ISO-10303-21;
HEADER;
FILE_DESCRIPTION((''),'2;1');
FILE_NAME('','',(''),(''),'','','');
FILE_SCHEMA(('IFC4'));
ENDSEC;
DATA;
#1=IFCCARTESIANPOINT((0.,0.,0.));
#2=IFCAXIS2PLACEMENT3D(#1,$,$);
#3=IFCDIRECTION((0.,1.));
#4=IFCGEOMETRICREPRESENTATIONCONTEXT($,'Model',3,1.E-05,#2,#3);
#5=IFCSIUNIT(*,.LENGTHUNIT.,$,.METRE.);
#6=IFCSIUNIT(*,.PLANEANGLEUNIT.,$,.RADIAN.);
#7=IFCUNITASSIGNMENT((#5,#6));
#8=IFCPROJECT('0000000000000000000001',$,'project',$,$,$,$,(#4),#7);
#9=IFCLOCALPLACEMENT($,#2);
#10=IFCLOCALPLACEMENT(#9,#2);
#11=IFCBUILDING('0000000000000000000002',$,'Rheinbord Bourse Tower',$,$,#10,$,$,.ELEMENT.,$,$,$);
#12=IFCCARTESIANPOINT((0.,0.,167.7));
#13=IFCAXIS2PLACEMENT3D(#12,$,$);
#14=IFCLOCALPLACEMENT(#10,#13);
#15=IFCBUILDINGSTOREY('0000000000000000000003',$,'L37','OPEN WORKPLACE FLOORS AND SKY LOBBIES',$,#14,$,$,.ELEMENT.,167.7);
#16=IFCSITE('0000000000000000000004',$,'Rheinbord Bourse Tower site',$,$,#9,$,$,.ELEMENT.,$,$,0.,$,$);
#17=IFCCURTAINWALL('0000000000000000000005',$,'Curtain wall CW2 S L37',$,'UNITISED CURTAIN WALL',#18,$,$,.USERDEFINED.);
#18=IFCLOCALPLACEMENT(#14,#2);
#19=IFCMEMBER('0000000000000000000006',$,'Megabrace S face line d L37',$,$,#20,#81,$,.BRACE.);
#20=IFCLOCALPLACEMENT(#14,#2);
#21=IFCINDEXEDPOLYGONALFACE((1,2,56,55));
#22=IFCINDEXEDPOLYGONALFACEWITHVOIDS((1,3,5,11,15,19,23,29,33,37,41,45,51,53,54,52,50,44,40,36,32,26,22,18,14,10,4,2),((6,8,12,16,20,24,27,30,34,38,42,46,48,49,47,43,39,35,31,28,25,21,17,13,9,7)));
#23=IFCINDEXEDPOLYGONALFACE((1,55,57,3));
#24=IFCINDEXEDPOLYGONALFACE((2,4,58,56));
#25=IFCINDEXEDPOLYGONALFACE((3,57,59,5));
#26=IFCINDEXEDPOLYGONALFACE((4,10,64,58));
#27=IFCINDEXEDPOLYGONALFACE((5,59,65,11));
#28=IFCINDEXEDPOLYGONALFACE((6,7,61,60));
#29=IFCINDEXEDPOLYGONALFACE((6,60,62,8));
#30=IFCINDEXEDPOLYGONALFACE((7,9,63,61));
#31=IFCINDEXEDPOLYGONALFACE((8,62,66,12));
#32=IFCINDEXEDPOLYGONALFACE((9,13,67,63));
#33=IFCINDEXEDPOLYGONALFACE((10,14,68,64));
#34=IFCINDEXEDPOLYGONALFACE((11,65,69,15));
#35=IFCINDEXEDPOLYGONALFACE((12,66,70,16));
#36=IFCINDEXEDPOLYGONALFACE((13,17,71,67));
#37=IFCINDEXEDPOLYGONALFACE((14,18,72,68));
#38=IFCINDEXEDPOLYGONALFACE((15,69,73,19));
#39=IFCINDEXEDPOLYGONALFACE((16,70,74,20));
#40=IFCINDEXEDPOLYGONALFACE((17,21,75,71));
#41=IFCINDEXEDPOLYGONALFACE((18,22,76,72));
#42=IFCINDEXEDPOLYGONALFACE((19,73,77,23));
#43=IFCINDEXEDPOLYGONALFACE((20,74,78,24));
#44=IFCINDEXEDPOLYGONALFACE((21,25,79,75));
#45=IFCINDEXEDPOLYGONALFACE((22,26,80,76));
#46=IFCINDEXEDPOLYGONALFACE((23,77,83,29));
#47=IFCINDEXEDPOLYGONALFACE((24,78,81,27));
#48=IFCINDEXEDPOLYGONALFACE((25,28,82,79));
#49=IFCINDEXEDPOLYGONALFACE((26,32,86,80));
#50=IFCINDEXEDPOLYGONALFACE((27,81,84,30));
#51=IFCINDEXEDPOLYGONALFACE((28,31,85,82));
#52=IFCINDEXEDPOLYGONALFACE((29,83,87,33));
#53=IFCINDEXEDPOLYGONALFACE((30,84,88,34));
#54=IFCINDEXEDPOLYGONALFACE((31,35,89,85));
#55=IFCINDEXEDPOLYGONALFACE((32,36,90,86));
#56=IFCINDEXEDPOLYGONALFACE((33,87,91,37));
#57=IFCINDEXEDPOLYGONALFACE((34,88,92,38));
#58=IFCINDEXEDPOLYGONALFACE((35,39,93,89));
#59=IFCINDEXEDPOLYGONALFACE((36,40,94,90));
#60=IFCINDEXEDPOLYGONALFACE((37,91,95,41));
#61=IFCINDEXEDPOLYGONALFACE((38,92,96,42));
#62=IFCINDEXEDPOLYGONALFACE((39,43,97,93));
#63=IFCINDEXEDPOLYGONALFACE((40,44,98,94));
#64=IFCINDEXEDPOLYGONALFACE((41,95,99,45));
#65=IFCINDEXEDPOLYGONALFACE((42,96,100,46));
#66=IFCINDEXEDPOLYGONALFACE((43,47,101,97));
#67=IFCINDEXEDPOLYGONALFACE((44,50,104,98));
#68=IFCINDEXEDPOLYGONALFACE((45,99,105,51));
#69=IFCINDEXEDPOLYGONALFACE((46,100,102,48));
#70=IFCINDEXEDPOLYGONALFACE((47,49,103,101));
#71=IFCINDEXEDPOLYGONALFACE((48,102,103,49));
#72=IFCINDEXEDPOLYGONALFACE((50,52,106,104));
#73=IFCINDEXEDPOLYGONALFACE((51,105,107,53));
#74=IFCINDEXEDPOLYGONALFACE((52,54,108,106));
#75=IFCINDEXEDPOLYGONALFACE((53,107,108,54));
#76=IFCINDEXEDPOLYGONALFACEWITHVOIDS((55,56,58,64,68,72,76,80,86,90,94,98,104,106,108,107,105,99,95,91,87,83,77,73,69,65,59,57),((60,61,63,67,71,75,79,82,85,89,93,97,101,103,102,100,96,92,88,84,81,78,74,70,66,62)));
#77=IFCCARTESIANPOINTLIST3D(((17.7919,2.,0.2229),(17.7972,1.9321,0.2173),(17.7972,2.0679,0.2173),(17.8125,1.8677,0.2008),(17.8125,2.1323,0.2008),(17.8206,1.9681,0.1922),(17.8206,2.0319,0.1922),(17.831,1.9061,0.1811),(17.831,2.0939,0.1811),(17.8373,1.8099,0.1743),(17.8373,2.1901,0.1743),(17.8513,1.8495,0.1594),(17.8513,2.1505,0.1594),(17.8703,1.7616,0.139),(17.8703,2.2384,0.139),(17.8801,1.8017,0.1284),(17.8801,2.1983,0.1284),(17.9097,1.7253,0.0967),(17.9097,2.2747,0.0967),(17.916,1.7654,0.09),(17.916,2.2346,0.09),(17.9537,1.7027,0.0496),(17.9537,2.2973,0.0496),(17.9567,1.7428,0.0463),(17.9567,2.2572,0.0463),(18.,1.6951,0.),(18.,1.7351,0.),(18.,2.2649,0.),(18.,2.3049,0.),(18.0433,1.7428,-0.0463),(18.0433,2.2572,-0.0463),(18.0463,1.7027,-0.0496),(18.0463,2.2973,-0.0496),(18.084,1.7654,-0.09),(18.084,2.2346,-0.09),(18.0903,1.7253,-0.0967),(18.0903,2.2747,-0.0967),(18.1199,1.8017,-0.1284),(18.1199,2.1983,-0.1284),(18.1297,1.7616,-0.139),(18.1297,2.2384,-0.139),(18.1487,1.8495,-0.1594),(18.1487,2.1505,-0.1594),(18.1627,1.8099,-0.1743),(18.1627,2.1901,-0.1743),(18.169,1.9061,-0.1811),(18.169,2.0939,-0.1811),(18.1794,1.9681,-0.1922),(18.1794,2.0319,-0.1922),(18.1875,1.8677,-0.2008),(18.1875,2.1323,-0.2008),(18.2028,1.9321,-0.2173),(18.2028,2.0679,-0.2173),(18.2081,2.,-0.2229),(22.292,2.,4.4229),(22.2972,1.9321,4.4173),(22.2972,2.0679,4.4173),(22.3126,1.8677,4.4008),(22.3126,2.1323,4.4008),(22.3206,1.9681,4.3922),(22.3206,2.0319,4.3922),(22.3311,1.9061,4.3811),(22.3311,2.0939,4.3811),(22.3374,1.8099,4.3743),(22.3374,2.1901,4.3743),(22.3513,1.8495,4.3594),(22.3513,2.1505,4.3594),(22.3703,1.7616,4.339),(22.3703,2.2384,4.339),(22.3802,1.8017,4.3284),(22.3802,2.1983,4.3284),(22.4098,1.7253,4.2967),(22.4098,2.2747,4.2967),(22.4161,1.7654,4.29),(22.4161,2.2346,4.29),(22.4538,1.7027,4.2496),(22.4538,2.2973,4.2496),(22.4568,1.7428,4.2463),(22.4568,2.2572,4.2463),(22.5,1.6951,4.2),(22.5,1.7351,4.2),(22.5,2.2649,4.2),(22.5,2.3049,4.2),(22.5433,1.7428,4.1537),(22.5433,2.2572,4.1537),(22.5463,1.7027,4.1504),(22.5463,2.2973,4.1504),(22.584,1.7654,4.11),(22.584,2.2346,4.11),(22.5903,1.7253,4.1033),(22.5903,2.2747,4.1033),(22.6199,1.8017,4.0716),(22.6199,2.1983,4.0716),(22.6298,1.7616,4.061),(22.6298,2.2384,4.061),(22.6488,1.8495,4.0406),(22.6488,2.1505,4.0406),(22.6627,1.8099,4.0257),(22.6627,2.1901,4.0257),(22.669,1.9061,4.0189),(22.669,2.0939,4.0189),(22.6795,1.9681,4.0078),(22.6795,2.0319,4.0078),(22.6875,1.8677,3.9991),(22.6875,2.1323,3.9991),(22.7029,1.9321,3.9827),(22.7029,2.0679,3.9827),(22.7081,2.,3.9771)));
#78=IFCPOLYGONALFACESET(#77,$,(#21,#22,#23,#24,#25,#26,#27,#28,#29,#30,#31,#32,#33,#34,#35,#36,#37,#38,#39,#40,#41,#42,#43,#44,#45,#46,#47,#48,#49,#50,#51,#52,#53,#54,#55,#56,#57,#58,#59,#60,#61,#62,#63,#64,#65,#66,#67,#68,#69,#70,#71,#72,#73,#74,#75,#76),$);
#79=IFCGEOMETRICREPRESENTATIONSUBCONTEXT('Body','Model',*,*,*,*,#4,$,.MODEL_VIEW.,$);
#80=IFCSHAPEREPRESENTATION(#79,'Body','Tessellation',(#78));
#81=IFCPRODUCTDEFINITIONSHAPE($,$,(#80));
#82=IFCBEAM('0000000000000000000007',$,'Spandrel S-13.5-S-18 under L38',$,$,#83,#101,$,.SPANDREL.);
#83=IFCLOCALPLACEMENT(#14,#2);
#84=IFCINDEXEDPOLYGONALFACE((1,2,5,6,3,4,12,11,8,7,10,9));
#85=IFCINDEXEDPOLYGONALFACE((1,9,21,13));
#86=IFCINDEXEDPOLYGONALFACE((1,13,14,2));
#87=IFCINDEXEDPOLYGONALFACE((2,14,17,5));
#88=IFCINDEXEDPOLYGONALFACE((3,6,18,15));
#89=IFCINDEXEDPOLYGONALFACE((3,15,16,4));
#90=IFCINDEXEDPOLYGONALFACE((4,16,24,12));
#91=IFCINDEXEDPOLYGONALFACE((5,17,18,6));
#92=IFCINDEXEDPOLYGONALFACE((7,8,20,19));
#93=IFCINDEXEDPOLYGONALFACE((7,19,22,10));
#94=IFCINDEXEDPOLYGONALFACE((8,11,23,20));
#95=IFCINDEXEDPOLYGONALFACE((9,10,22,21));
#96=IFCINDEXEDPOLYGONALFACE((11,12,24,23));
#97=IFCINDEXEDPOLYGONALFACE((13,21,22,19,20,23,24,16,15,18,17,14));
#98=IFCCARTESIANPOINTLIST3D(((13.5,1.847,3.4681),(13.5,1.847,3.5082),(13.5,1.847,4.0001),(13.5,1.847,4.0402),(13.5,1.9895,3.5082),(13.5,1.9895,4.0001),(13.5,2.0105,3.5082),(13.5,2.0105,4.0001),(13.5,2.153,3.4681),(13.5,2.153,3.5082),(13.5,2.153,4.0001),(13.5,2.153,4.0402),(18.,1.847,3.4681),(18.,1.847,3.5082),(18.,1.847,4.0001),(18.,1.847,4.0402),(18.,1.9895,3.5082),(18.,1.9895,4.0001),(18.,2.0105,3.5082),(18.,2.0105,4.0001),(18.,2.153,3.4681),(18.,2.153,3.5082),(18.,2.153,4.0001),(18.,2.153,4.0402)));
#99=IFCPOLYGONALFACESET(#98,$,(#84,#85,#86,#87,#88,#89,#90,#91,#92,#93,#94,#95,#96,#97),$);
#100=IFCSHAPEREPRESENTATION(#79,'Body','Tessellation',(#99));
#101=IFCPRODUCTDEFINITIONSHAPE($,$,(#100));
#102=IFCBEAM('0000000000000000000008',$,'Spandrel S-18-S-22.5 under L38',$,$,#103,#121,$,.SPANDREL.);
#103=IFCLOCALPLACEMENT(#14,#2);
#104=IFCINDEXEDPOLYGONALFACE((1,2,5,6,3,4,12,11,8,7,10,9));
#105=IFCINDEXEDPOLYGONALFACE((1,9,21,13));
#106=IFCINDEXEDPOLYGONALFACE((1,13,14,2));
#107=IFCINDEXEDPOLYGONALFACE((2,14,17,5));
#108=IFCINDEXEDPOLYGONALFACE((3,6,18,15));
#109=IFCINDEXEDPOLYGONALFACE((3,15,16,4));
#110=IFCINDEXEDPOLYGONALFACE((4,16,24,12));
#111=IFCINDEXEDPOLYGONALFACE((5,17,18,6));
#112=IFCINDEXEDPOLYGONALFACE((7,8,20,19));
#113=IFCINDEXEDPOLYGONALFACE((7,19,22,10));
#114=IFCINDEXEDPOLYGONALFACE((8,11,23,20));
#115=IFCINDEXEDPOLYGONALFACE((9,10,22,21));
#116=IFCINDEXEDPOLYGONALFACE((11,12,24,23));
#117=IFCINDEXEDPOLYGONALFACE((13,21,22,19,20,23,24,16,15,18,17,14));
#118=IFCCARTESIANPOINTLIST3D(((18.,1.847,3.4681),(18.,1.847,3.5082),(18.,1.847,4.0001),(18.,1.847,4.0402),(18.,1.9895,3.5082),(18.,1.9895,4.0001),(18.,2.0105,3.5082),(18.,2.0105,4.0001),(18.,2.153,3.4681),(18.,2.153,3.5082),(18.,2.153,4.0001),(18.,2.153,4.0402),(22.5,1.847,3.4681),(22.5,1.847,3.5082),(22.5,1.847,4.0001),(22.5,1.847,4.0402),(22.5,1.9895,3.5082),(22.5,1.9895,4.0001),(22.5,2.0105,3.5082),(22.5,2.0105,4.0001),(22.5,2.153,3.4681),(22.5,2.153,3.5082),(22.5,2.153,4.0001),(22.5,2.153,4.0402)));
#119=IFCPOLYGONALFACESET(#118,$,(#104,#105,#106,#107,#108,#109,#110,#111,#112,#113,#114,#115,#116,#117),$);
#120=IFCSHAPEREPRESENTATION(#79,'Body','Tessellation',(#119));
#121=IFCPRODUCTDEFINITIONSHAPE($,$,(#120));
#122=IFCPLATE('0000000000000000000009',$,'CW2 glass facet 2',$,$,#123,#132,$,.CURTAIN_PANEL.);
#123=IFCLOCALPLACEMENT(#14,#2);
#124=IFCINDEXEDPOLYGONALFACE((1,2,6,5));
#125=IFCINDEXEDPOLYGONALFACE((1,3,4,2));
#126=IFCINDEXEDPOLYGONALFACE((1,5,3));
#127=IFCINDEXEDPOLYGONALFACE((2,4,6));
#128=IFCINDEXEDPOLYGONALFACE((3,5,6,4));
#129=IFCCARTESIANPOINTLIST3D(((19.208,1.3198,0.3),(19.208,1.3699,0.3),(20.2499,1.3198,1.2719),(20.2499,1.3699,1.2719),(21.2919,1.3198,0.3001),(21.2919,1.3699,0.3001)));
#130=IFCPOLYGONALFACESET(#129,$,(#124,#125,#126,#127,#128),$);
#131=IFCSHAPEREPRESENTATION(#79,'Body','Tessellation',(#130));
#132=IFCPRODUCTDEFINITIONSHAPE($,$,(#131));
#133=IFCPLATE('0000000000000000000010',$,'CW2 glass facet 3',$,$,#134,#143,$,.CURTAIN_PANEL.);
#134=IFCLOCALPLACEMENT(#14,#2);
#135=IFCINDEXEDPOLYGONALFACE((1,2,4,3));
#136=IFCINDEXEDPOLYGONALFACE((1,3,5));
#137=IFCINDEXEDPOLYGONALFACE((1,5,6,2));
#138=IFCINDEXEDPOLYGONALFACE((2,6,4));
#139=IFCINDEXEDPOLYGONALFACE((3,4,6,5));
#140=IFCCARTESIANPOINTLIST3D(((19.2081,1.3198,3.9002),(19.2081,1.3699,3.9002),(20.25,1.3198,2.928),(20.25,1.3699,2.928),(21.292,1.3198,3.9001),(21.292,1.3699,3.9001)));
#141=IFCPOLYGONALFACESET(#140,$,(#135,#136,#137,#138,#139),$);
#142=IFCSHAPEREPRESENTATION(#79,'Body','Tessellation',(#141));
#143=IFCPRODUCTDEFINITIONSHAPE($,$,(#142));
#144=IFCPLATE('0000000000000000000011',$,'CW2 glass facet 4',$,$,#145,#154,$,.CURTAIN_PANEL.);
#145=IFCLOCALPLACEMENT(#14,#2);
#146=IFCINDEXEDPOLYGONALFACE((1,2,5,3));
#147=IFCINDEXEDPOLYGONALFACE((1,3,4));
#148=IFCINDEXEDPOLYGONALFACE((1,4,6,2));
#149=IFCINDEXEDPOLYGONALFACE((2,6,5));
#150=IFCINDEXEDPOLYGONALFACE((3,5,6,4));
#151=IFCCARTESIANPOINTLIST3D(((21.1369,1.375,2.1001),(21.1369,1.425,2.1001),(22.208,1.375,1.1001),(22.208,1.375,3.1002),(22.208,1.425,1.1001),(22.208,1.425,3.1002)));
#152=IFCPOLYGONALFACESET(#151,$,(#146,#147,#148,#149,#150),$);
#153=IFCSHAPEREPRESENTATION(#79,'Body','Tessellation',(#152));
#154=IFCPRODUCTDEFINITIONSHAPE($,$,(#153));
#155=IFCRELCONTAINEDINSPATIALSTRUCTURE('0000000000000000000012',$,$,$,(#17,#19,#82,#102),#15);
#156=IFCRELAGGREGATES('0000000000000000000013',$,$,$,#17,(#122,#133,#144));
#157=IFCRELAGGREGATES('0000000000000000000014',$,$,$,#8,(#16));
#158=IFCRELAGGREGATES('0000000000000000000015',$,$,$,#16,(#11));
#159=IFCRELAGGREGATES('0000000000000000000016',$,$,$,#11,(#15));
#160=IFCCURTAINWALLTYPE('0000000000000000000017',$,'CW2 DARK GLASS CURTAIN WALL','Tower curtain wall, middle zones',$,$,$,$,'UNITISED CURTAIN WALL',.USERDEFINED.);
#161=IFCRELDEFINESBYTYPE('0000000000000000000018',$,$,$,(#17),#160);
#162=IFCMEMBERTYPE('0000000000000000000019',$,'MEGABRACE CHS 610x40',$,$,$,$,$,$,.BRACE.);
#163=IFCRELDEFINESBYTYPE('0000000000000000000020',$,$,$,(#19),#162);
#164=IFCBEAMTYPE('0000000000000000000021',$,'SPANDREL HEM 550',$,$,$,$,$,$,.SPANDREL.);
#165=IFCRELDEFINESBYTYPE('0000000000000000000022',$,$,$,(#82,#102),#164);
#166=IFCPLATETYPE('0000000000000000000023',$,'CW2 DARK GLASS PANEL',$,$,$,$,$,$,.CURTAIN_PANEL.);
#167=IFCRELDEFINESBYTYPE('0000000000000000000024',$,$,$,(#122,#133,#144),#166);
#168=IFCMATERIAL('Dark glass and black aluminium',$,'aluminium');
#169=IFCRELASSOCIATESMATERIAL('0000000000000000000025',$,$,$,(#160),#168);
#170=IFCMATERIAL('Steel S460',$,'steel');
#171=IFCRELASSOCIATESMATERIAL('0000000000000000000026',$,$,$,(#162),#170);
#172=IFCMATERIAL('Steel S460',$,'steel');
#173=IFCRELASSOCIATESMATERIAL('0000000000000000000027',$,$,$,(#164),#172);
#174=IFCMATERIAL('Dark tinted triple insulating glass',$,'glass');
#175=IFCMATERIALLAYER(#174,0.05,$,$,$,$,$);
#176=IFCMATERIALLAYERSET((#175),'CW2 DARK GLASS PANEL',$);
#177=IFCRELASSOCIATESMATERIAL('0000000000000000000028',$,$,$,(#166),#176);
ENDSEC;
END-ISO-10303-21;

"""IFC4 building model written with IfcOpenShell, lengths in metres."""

from ifc_helpers import new_model, si_unit, direction, frame, origin, origin_2d, place, context, subcontext, project, spatial, polyline, hollow_circle, i_section, outline, extrude, material, layer, layer_set, material_profile, profile_set, type_object, element, aggregate, save


model = new_model("IFC4")

# Units and contexts
model_context = context("Model", 3, precision=1e-05, world=origin(), true_north=direction((0.0, 1.0)))
body_context = subcontext(model_context, "Body", "Model", "MODEL_VIEW")
ifc_project = project(units=[si_unit("LENGTHUNIT", "METRE"), si_unit("PLANEANGLEUNIT", "RADIAN")], contexts=[model_context])

# Site, building, storey
site_placement = place(None, origin())
site = spatial("IfcSite", under=ifc_project, at=site_placement, Name="Rheinbord Bourse Tower site", CompositionType="ELEMENT", RefElevation=0.0)
building_placement = place(site_placement, origin())
building = spatial("IfcBuilding", under=site, at=building_placement, Name="Rheinbord Bourse Tower", CompositionType="ELEMENT")
storey_placement = place(building_placement, frame((0.0, 0.0, 167.7)))
storey = spatial("IfcBuildingStorey", under=building, at=storey_placement, Name="L37", Description="OPEN WORKPLACE FLOORS AND SKY LOBBIES", CompositionType="ELEMENT", Elevation=167.7)

# Curtain wall
ifc_material_1 = material(Name="Dark glass and black aluminium", Category="aluminium")
curtain_wall_type = type_object("IfcCurtainWallType", Name="CW2 DARK GLASS CURTAIN WALL", Description="Tower curtain wall, middle zones", ElementType="UNITISED CURTAIN WALL", PredefinedType="USERDEFINED", material=ifc_material_1)
curtain_wall_placement = place(storey_placement, origin())
curtain_wall = element("IfcCurtainWall", 1, at=curtain_wall_placement, inside=storey, type_object=curtain_wall_type, Name="Curtain wall CW2 S L37", ObjectType="UNITISED CURTAIN WALL", PredefinedType="USERDEFINED")

# Member
ifc_material_2 = material(Name="Steel S460", Category="steel")
ifc_material_profile_1 = material_profile(ifc_material_2, hollow_circle(Radius=0.3049, WallThickness=0.04, at=origin_2d()), Name="CHS 610x40")
ifc_profile_set_1 = profile_set([ifc_material_profile_1], Name="Steel S460")
member_type_1 = type_object("IfcMemberType", Name="MEGABRACE CHS 610x40", PredefinedType="BRACE", material=ifc_profile_set_1)
member_1_placement = place(storey_placement, frame((18.0, 2.0, 0.0), z_axis=(0.731059, 0.0, 0.682314), x_axis=(0.0, 1.0, 0.0)))
element("IfcMember", 2, at=member_1_placement, inside=storey, type_object=member_type_1, Name="Megabrace S face line d L37", PredefinedType="BRACE", context=body_context, shape_type="SweptSolid", body=[
    extrude(hollow_circle(Radius=0.3049, WallThickness=0.04, at=origin_2d()), origin(), (0.0, 0.0, 1.0), 6.1555),
])

# Beams
ifc_material_3 = material(Name="Steel S460", Category="steel")
ifc_material_profile_2 = material_profile(ifc_material_3, i_section(OverallWidth=0.3059, OverallDepth=0.572, WebThickness=0.021, FlangeThickness=0.04, at=origin_2d()), Name="HEM 550")
ifc_profile_set_2 = profile_set([ifc_material_profile_2], Name="Steel S460")
beam_type_1 = type_object("IfcBeamType", Name="SPANDREL HEM 550", PredefinedType="SPANDREL", material=ifc_profile_set_2)
for number, where, z_axis, x_axis, name in (
    (3, (13.5, 2.0, 3.7542), (1.0, 0.0, 0.0), (0.0, 1.0, 0.0), "Spandrel S-13.5-S-18 under L38"),
    (4, (18.0, 2.0, 3.7542), (1.0, 0.0, 0.0), (0.0, 1.0, 0.0), "Spandrel S-18-S-22.5 under L38"),
):
    element("IfcBeam", number, at=place(storey_placement, frame(where, z_axis=z_axis, x_axis=x_axis)), inside=storey, type_object=beam_type_1, Name=name, PredefinedType="SPANDREL", context=body_context, shape_type="SweptSolid", body=[
        extrude(i_section(OverallWidth=0.3059, OverallDepth=0.572, WebThickness=0.021, FlangeThickness=0.04, at=origin_2d()), origin(), (0.0, 0.0, 1.0), 4.5),
    ])

# Plates
ifc_material_4 = material(Name="Dark tinted triple insulating glass", Category="glass")
ifc_layer = layer(ifc_material_4, 0.05)
ifc_layer_set = layer_set([ifc_layer], Name="CW2 DARK GLASS PANEL")
plate_type = type_object("IfcPlateType", Name="CW2 DARK GLASS PANEL", PredefinedType="CURTAIN_PANEL", material=ifc_layer_set)
plate_1_placement = place(storey_placement, frame((19.208, 1.3198, 0.3), z_axis=(0.0, 1.0, 0.0), x_axis=(0.731266, 0.0, 0.682092)))
plate_1 = element("IfcPlate", 5, at=plate_1_placement, type_object=plate_type, Name="CW2 glass facet 2", PredefinedType="CURTAIN_PANEL", context=body_context, shape_type="SweptSolid", body=[
    extrude(outline(polyline([(0.0, 0.0), (1.4248, 0.0), (1.5239, 1.4214), (0.0, 0.0)])), origin(), (0.0, 0.0, 1.0), 0.05),
])
plate_2_placement = place(storey_placement, frame((21.292, 1.3198, 3.9001), z_axis=(0.0, 1.0, 0.0), x_axis=(-0.731181, 0.0, -0.682184)))
plate_2 = element("IfcPlate", 6, at=plate_2_placement, type_object=plate_type, Name="CW2 glass facet 3", PredefinedType="CURTAIN_PANEL", context=body_context, shape_type="SweptSolid", body=[
    extrude(outline(polyline([(0.0, 0.0), (1.425, 0.0), (1.5237, 1.4216), (0.0, 0.0)])), origin(), (0.0, 0.0, 1.0), 0.05),
])
plate_3_placement = place(storey_placement, frame((22.208, 1.375, 1.1001), z_axis=(0.0, 1.0, 0.0), x_axis=(-0.730933, 0.0, 0.682449)))
plate_3 = element("IfcPlate", 7, at=plate_3_placement, type_object=plate_type, Name="CW2 glass facet 4", PredefinedType="CURTAIN_PANEL", context=body_context, shape_type="SweptSolid", body=[
    extrude(outline(polyline([(0.0, 0.0), (1.4653, 0.0), (1.365, 1.4619), (0.0, 0.0)])), origin(), (0.0, 0.0, 1.0), 0.05),
])
aggregate(curtain_wall, [plate_1, plate_2, plate_3])

save(model, "model.ifc")
